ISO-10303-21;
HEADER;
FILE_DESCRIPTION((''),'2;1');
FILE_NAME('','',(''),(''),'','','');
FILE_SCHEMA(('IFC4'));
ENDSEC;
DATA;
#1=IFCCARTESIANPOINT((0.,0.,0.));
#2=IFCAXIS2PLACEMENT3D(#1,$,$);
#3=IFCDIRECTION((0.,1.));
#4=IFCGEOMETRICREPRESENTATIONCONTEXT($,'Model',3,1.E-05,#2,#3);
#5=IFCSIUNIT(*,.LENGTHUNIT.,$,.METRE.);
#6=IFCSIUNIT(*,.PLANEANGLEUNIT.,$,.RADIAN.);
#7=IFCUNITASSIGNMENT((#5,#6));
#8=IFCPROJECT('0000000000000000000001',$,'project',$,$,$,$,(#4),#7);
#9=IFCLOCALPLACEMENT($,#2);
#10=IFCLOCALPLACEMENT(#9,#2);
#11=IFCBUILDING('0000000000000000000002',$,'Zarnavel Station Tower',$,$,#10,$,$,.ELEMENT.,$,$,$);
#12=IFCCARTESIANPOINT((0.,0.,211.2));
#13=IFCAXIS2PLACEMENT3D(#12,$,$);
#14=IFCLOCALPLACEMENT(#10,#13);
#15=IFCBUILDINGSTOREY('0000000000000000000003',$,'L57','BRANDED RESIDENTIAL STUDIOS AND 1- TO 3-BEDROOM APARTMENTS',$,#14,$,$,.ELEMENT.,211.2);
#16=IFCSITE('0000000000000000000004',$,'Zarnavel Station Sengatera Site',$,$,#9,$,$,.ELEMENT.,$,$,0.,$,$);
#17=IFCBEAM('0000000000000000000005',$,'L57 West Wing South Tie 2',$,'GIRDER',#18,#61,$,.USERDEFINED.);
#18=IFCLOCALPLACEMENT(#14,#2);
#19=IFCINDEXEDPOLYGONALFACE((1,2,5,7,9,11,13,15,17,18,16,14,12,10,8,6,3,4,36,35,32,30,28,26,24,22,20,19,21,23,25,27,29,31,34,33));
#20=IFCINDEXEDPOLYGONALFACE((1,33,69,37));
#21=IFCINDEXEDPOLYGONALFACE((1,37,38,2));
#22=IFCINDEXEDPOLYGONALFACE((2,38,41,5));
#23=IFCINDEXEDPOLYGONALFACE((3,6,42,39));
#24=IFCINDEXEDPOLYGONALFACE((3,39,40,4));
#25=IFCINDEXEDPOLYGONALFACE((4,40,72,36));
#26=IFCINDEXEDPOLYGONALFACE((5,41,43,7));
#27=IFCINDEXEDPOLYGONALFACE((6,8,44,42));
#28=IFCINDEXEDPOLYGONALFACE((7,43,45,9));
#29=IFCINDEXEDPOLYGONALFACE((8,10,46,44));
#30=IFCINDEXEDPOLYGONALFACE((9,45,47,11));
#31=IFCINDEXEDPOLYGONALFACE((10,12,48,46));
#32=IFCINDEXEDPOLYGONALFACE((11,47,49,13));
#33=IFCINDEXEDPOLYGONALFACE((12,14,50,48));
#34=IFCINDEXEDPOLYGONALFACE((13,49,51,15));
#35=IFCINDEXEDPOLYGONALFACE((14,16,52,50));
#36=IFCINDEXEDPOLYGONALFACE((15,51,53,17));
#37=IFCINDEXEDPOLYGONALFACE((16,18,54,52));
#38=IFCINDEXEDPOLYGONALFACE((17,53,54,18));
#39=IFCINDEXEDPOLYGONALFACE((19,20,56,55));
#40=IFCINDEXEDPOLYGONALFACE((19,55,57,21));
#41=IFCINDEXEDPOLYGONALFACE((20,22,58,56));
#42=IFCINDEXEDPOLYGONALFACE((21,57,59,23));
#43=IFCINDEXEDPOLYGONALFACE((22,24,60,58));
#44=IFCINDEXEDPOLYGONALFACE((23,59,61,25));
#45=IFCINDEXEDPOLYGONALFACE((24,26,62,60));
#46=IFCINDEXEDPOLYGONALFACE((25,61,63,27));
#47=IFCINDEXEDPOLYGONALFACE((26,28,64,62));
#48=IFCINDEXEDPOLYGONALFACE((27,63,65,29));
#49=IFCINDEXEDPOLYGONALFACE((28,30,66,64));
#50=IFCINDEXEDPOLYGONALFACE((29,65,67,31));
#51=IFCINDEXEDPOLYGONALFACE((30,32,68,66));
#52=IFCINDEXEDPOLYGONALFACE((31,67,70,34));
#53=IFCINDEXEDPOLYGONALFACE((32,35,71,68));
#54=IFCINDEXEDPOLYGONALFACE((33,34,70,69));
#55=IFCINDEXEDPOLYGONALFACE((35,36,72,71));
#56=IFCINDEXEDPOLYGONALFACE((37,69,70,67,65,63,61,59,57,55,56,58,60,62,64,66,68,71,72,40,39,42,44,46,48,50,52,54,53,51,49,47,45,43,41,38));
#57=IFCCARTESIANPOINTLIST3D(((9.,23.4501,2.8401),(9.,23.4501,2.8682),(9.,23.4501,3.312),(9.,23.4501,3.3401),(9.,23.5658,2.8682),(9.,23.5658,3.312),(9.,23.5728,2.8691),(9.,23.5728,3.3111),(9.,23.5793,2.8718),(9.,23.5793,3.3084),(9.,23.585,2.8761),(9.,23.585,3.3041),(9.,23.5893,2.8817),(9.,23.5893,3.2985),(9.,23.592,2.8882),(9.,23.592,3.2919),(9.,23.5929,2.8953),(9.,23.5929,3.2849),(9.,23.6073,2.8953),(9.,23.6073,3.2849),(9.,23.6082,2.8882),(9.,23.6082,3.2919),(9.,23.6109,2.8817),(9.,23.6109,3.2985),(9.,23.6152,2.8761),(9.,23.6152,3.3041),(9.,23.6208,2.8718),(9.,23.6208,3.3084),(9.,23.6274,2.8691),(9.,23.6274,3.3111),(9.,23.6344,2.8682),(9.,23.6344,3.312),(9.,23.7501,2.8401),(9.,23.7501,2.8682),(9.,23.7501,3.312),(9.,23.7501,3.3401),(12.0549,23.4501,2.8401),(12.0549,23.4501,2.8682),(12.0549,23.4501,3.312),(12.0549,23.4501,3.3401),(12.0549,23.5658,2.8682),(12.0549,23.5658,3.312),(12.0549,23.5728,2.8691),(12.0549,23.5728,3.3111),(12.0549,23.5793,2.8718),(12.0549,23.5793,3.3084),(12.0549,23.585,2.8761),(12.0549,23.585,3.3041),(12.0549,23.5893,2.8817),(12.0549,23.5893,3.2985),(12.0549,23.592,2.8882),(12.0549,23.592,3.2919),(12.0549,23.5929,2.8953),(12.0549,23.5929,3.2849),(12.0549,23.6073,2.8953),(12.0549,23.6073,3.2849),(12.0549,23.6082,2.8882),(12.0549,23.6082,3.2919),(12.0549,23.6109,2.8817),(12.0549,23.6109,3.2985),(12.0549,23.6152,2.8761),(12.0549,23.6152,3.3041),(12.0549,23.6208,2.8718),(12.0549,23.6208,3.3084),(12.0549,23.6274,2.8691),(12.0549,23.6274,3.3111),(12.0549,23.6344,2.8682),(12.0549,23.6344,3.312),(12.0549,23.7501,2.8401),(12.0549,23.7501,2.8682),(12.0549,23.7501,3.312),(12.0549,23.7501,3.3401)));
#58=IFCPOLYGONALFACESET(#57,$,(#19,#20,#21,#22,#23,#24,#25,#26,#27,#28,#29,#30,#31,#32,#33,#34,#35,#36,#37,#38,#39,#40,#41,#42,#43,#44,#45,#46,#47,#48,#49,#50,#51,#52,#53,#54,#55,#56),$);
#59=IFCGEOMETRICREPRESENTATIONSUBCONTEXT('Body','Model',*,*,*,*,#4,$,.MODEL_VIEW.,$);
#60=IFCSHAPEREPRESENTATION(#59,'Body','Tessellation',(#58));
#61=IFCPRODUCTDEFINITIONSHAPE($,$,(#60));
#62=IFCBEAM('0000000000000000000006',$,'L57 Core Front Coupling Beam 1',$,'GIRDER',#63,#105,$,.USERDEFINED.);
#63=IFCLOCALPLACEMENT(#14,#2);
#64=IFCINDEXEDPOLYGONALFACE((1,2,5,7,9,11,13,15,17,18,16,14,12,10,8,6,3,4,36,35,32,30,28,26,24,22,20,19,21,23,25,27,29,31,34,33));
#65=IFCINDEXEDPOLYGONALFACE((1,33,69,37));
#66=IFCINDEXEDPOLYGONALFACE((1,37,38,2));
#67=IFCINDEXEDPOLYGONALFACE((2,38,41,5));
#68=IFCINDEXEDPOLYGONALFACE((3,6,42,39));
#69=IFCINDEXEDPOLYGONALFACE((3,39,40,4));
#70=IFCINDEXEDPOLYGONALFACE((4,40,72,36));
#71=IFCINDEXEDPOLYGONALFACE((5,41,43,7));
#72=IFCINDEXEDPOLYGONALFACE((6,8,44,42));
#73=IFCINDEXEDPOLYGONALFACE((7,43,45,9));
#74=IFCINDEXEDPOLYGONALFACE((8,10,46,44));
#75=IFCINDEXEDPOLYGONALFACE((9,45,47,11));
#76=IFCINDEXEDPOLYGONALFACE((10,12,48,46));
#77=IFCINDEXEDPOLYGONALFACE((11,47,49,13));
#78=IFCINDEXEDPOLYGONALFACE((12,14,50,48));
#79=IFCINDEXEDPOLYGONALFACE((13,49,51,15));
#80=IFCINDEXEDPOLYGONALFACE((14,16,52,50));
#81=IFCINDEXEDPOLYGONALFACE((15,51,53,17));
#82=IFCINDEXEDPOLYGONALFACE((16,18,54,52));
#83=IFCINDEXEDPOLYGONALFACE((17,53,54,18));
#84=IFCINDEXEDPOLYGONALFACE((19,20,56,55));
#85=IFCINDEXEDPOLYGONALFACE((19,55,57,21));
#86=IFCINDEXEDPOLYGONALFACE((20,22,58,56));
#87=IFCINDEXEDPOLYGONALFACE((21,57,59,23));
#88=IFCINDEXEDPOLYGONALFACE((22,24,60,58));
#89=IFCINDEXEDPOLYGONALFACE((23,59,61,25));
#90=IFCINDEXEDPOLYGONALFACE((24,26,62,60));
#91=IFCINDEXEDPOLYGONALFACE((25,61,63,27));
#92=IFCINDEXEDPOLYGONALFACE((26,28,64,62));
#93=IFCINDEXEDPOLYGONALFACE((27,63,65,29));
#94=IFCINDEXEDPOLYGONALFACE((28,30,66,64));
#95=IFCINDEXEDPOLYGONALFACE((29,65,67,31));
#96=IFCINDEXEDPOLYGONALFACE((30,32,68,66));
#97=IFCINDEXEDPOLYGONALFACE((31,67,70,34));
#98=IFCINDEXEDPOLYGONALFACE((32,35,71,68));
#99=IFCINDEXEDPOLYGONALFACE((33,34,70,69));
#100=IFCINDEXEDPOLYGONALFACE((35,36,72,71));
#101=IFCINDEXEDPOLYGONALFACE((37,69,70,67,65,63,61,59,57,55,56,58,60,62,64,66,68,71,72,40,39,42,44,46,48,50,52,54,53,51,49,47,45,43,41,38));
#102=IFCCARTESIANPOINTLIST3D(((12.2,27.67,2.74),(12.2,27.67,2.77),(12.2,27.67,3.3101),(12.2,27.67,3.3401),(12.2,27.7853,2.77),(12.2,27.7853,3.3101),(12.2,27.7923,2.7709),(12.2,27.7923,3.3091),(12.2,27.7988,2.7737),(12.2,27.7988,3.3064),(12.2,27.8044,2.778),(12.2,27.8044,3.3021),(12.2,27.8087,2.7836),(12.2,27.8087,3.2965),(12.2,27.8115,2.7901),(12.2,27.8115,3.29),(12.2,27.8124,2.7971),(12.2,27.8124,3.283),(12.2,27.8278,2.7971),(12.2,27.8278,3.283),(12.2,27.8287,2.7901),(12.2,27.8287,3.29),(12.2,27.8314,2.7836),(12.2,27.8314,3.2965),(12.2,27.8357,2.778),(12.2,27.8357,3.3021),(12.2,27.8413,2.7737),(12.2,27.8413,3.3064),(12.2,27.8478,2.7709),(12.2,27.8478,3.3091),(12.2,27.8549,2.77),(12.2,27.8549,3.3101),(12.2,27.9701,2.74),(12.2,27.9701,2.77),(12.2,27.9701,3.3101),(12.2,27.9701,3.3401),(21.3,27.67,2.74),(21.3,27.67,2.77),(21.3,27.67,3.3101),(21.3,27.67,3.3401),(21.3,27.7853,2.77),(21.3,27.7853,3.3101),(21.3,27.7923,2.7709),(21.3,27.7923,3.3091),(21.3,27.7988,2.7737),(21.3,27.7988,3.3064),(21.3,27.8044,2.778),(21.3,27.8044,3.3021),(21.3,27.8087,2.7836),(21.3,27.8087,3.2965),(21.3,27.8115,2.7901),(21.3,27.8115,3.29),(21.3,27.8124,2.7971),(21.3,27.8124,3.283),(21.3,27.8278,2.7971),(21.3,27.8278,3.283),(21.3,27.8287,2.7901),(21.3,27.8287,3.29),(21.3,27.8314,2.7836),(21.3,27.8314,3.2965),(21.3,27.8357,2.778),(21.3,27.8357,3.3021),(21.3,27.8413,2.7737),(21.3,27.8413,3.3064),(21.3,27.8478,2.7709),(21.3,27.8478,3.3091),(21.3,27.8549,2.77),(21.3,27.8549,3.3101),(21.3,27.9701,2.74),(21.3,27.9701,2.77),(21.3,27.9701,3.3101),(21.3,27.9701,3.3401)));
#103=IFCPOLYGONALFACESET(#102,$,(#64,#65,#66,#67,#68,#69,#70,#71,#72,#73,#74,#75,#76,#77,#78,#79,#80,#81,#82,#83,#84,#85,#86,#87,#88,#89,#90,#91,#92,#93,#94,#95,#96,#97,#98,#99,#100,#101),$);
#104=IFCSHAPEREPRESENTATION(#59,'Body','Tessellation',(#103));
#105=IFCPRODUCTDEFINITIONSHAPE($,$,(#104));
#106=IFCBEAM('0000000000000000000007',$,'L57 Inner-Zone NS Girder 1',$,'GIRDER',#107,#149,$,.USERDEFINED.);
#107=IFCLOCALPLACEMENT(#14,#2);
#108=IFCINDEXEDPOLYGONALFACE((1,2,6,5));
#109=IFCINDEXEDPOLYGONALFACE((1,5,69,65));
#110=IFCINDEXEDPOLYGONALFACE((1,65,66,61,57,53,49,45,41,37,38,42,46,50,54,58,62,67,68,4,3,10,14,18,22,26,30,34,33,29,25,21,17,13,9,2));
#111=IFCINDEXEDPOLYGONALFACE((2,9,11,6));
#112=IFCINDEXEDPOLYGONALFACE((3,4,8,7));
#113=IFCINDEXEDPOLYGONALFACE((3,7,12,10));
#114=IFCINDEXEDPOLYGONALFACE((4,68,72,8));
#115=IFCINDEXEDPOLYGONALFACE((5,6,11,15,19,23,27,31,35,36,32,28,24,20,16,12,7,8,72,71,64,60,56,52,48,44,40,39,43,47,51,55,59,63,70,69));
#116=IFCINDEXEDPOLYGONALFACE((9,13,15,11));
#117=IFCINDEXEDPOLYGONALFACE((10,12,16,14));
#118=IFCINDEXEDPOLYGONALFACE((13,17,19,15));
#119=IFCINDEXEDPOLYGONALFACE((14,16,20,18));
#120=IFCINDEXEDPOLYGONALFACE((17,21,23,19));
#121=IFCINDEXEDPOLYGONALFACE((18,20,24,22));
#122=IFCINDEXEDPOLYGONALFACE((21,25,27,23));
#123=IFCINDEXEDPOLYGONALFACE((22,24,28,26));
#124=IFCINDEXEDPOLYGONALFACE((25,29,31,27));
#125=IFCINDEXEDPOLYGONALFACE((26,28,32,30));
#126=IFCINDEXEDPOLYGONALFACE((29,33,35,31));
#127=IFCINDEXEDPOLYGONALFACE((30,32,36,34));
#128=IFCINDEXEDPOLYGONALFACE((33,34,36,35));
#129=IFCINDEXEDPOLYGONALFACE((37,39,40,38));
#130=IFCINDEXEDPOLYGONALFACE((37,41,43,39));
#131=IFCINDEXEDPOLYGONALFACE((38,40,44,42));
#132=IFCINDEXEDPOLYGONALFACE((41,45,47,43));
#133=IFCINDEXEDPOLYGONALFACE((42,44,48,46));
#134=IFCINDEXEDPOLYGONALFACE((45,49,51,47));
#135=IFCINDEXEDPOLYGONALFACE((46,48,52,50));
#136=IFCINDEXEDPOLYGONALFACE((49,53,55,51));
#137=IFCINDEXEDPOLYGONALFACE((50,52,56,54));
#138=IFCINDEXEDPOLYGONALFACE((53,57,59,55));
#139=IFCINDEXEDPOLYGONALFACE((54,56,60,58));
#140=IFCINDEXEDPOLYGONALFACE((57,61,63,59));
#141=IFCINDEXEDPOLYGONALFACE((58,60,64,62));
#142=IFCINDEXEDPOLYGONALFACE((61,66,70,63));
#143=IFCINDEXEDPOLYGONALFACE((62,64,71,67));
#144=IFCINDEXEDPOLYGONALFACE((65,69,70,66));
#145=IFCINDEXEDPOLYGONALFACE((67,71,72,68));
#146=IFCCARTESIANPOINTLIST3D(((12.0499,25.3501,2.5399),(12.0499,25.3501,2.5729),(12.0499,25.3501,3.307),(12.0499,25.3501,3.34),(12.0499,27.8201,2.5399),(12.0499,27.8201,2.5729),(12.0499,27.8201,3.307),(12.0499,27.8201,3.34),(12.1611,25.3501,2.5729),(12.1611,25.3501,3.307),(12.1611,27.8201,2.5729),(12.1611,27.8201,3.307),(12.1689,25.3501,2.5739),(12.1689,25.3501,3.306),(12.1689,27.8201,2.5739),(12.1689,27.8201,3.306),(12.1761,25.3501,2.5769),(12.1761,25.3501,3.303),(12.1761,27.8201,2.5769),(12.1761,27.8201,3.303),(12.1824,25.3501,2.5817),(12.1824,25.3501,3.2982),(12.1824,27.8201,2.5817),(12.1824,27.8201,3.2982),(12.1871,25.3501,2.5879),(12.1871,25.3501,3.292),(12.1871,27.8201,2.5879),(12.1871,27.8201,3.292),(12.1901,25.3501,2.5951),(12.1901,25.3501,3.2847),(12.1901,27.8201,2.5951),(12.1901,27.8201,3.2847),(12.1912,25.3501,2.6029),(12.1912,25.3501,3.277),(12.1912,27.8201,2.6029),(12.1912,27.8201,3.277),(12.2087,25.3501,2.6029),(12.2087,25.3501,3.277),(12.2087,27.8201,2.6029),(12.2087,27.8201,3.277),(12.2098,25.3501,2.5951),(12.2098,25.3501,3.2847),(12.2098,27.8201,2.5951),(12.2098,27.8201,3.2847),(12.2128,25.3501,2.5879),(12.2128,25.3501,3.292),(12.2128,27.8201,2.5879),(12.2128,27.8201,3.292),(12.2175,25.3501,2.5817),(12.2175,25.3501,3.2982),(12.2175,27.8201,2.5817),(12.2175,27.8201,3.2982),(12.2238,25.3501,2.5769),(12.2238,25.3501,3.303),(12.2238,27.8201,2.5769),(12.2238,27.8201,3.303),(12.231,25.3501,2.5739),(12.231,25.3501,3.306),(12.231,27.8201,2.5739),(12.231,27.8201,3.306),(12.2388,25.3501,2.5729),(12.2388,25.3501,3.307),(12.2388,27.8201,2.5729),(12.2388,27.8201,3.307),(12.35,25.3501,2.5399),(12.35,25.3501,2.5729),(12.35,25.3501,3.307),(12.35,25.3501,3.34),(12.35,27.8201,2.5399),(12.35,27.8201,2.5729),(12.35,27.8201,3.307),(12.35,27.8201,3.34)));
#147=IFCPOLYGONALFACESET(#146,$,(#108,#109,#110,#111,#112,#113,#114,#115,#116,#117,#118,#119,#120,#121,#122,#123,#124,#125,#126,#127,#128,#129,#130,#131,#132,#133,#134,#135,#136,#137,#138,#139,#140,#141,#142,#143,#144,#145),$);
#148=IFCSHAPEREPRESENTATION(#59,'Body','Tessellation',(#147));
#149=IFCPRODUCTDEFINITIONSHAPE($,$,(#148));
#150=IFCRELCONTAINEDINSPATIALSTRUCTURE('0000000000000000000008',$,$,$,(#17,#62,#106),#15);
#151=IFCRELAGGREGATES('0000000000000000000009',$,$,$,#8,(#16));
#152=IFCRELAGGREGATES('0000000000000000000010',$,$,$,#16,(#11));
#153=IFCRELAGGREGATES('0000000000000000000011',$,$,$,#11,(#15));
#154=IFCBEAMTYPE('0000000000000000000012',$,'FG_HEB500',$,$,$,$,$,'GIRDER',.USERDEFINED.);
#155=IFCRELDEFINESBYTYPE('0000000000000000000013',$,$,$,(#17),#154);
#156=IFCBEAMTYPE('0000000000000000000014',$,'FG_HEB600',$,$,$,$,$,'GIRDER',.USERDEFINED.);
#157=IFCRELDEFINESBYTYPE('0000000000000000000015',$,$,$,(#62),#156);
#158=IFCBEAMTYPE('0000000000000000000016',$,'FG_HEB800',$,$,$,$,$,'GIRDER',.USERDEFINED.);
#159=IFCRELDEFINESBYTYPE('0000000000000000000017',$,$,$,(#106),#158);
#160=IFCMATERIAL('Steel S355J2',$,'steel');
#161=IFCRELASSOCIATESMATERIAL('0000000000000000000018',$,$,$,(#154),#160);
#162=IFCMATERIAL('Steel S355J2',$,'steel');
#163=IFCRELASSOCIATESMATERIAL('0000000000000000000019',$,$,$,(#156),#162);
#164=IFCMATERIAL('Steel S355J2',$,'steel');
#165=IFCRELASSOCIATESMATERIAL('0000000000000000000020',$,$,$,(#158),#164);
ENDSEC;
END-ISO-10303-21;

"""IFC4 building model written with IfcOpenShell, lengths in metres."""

from ifc_helpers import new_model, si_unit, direction, frame, origin, origin_2d, place, context, subcontext, project, spatial, i_section, extrude, material, material_profile, profile_set, type_object, element, save


model = new_model("IFC4")

# Units and contexts
model_context = context("Model", 3, precision=1e-05, world=origin(), true_north=direction((0.0, 1.0)))
body_context = subcontext(model_context, "Body", "Model", "MODEL_VIEW")
ifc_project = project(units=[si_unit("LENGTHUNIT", "METRE"), si_unit("PLANEANGLEUNIT", "RADIAN")], contexts=[model_context])

# Site, building, storey
site_placement = place(None, origin())
site = spatial("IfcSite", under=ifc_project, at=site_placement, Name="Zarnavel Station Sengatera Site", CompositionType="ELEMENT", RefElevation=0.0)
building_placement = place(site_placement, origin())
building = spatial("IfcBuilding", under=site, at=building_placement, Name="Zarnavel Station Tower", CompositionType="ELEMENT")
storey_placement = place(building_placement, frame((0.0, 0.0, 211.2)))
storey = spatial("IfcBuildingStorey", under=building, at=storey_placement, Name="L57", Description="BRANDED RESIDENTIAL STUDIOS AND 1- TO 3-BEDROOM APARTMENTS", CompositionType="ELEMENT", Elevation=211.2)

# Beams
ifc_material_1 = material(Name="Steel S355J2", Category="steel")
ifc_material_profile_1 = material_profile(ifc_material_1, i_section(OverallWidth=0.3, OverallDepth=0.5, WebThickness=0.0144, FlangeThickness=0.0281, FilletRadius=0.0271, at=origin_2d()), Name="HEB500")
ifc_profile_set_1 = profile_set([ifc_material_profile_1], Name="Steel S355J2")
beam_type_1 = type_object("IfcBeamType", Name="FG_HEB500", ElementType="GIRDER", PredefinedType="USERDEFINED", material=ifc_profile_set_1)
beam_1_placement = place(storey_placement, frame((9.0, 23.6001, 3.0901), z_axis=(1.0, 0.0, 0.0), x_axis=(0.0, 1.0, 0.0)))
element("IfcBeam", 1, at=beam_1_placement, inside=storey, type_object=beam_type_1, Name="L57 West Wing South Tie 2", ObjectType="GIRDER", PredefinedType="USERDEFINED", context=body_context, shape_type="SweptSolid", body=[
    extrude(i_section(OverallWidth=0.3, OverallDepth=0.5, WebThickness=0.0144, FlangeThickness=0.0281, FilletRadius=0.0271, at=origin_2d()), origin(), (0.0, 0.0, 1.0), 3.0549),
])
ifc_material_2 = material(Name="Steel S355J2", Category="steel")
ifc_material_profile_2 = material_profile(ifc_material_2, i_section(OverallWidth=0.3, OverallDepth=0.6001, WebThickness=0.0154, FlangeThickness=0.03, FilletRadius=0.0271, at=origin_2d()), Name="HEB600")
ifc_profile_set_2 = profile_set([ifc_material_profile_2], Name="Steel S355J2")
beam_type_2 = type_object("IfcBeamType", Name="FG_HEB600", ElementType="GIRDER", PredefinedType="USERDEFINED", material=ifc_profile_set_2)
beam_2_placement = place(storey_placement, frame((12.2, 27.8201, 3.04), z_axis=(1.0, 0.0, 0.0), x_axis=(0.0, 1.0, 0.0)))
element("IfcBeam", 2, at=beam_2_placement, inside=storey, type_object=beam_type_2, Name="L57 Core Front Coupling Beam 1", ObjectType="GIRDER", PredefinedType="USERDEFINED", context=body_context, shape_type="SweptSolid", body=[
    extrude(i_section(OverallWidth=0.3, OverallDepth=0.6001, WebThickness=0.0154, FlangeThickness=0.03, FilletRadius=0.0271, at=origin_2d()), origin(), (0.0, 0.0, 1.0), 9.1001),
])
ifc_material_3 = material(Name="Steel S355J2", Category="steel")
ifc_material_profile_3 = material_profile(ifc_material_3, i_section(OverallWidth=0.3, OverallDepth=0.8, WebThickness=0.0176, FlangeThickness=0.033, FilletRadius=0.03, at=origin_2d()), Name="HEB800")
ifc_profile_set_3 = profile_set([ifc_material_profile_3], Name="Steel S355J2")
beam_type_3 = type_object("IfcBeamType", Name="FG_HEB800", ElementType="GIRDER", PredefinedType="USERDEFINED", material=ifc_profile_set_3)
beam_3_placement = place(storey_placement, frame((12.2, 25.3501, 2.9399), z_axis=(0.0, 1.0, 0.0), x_axis=(-1.0, 0.0, 0.0)))
element("IfcBeam", 3, at=beam_3_placement, inside=storey, type_object=beam_type_3, Name="L57 Inner-Zone NS Girder 1", ObjectType="GIRDER", PredefinedType="USERDEFINED", context=body_context, shape_type="SweptSolid", body=[
    extrude(i_section(OverallWidth=0.3, OverallDepth=0.8, WebThickness=0.0176, FlangeThickness=0.033, FilletRadius=0.03, at=origin_2d()), origin(), (0.0, 0.0, 1.0), 2.47),
])

save(model, "model.ifc")
